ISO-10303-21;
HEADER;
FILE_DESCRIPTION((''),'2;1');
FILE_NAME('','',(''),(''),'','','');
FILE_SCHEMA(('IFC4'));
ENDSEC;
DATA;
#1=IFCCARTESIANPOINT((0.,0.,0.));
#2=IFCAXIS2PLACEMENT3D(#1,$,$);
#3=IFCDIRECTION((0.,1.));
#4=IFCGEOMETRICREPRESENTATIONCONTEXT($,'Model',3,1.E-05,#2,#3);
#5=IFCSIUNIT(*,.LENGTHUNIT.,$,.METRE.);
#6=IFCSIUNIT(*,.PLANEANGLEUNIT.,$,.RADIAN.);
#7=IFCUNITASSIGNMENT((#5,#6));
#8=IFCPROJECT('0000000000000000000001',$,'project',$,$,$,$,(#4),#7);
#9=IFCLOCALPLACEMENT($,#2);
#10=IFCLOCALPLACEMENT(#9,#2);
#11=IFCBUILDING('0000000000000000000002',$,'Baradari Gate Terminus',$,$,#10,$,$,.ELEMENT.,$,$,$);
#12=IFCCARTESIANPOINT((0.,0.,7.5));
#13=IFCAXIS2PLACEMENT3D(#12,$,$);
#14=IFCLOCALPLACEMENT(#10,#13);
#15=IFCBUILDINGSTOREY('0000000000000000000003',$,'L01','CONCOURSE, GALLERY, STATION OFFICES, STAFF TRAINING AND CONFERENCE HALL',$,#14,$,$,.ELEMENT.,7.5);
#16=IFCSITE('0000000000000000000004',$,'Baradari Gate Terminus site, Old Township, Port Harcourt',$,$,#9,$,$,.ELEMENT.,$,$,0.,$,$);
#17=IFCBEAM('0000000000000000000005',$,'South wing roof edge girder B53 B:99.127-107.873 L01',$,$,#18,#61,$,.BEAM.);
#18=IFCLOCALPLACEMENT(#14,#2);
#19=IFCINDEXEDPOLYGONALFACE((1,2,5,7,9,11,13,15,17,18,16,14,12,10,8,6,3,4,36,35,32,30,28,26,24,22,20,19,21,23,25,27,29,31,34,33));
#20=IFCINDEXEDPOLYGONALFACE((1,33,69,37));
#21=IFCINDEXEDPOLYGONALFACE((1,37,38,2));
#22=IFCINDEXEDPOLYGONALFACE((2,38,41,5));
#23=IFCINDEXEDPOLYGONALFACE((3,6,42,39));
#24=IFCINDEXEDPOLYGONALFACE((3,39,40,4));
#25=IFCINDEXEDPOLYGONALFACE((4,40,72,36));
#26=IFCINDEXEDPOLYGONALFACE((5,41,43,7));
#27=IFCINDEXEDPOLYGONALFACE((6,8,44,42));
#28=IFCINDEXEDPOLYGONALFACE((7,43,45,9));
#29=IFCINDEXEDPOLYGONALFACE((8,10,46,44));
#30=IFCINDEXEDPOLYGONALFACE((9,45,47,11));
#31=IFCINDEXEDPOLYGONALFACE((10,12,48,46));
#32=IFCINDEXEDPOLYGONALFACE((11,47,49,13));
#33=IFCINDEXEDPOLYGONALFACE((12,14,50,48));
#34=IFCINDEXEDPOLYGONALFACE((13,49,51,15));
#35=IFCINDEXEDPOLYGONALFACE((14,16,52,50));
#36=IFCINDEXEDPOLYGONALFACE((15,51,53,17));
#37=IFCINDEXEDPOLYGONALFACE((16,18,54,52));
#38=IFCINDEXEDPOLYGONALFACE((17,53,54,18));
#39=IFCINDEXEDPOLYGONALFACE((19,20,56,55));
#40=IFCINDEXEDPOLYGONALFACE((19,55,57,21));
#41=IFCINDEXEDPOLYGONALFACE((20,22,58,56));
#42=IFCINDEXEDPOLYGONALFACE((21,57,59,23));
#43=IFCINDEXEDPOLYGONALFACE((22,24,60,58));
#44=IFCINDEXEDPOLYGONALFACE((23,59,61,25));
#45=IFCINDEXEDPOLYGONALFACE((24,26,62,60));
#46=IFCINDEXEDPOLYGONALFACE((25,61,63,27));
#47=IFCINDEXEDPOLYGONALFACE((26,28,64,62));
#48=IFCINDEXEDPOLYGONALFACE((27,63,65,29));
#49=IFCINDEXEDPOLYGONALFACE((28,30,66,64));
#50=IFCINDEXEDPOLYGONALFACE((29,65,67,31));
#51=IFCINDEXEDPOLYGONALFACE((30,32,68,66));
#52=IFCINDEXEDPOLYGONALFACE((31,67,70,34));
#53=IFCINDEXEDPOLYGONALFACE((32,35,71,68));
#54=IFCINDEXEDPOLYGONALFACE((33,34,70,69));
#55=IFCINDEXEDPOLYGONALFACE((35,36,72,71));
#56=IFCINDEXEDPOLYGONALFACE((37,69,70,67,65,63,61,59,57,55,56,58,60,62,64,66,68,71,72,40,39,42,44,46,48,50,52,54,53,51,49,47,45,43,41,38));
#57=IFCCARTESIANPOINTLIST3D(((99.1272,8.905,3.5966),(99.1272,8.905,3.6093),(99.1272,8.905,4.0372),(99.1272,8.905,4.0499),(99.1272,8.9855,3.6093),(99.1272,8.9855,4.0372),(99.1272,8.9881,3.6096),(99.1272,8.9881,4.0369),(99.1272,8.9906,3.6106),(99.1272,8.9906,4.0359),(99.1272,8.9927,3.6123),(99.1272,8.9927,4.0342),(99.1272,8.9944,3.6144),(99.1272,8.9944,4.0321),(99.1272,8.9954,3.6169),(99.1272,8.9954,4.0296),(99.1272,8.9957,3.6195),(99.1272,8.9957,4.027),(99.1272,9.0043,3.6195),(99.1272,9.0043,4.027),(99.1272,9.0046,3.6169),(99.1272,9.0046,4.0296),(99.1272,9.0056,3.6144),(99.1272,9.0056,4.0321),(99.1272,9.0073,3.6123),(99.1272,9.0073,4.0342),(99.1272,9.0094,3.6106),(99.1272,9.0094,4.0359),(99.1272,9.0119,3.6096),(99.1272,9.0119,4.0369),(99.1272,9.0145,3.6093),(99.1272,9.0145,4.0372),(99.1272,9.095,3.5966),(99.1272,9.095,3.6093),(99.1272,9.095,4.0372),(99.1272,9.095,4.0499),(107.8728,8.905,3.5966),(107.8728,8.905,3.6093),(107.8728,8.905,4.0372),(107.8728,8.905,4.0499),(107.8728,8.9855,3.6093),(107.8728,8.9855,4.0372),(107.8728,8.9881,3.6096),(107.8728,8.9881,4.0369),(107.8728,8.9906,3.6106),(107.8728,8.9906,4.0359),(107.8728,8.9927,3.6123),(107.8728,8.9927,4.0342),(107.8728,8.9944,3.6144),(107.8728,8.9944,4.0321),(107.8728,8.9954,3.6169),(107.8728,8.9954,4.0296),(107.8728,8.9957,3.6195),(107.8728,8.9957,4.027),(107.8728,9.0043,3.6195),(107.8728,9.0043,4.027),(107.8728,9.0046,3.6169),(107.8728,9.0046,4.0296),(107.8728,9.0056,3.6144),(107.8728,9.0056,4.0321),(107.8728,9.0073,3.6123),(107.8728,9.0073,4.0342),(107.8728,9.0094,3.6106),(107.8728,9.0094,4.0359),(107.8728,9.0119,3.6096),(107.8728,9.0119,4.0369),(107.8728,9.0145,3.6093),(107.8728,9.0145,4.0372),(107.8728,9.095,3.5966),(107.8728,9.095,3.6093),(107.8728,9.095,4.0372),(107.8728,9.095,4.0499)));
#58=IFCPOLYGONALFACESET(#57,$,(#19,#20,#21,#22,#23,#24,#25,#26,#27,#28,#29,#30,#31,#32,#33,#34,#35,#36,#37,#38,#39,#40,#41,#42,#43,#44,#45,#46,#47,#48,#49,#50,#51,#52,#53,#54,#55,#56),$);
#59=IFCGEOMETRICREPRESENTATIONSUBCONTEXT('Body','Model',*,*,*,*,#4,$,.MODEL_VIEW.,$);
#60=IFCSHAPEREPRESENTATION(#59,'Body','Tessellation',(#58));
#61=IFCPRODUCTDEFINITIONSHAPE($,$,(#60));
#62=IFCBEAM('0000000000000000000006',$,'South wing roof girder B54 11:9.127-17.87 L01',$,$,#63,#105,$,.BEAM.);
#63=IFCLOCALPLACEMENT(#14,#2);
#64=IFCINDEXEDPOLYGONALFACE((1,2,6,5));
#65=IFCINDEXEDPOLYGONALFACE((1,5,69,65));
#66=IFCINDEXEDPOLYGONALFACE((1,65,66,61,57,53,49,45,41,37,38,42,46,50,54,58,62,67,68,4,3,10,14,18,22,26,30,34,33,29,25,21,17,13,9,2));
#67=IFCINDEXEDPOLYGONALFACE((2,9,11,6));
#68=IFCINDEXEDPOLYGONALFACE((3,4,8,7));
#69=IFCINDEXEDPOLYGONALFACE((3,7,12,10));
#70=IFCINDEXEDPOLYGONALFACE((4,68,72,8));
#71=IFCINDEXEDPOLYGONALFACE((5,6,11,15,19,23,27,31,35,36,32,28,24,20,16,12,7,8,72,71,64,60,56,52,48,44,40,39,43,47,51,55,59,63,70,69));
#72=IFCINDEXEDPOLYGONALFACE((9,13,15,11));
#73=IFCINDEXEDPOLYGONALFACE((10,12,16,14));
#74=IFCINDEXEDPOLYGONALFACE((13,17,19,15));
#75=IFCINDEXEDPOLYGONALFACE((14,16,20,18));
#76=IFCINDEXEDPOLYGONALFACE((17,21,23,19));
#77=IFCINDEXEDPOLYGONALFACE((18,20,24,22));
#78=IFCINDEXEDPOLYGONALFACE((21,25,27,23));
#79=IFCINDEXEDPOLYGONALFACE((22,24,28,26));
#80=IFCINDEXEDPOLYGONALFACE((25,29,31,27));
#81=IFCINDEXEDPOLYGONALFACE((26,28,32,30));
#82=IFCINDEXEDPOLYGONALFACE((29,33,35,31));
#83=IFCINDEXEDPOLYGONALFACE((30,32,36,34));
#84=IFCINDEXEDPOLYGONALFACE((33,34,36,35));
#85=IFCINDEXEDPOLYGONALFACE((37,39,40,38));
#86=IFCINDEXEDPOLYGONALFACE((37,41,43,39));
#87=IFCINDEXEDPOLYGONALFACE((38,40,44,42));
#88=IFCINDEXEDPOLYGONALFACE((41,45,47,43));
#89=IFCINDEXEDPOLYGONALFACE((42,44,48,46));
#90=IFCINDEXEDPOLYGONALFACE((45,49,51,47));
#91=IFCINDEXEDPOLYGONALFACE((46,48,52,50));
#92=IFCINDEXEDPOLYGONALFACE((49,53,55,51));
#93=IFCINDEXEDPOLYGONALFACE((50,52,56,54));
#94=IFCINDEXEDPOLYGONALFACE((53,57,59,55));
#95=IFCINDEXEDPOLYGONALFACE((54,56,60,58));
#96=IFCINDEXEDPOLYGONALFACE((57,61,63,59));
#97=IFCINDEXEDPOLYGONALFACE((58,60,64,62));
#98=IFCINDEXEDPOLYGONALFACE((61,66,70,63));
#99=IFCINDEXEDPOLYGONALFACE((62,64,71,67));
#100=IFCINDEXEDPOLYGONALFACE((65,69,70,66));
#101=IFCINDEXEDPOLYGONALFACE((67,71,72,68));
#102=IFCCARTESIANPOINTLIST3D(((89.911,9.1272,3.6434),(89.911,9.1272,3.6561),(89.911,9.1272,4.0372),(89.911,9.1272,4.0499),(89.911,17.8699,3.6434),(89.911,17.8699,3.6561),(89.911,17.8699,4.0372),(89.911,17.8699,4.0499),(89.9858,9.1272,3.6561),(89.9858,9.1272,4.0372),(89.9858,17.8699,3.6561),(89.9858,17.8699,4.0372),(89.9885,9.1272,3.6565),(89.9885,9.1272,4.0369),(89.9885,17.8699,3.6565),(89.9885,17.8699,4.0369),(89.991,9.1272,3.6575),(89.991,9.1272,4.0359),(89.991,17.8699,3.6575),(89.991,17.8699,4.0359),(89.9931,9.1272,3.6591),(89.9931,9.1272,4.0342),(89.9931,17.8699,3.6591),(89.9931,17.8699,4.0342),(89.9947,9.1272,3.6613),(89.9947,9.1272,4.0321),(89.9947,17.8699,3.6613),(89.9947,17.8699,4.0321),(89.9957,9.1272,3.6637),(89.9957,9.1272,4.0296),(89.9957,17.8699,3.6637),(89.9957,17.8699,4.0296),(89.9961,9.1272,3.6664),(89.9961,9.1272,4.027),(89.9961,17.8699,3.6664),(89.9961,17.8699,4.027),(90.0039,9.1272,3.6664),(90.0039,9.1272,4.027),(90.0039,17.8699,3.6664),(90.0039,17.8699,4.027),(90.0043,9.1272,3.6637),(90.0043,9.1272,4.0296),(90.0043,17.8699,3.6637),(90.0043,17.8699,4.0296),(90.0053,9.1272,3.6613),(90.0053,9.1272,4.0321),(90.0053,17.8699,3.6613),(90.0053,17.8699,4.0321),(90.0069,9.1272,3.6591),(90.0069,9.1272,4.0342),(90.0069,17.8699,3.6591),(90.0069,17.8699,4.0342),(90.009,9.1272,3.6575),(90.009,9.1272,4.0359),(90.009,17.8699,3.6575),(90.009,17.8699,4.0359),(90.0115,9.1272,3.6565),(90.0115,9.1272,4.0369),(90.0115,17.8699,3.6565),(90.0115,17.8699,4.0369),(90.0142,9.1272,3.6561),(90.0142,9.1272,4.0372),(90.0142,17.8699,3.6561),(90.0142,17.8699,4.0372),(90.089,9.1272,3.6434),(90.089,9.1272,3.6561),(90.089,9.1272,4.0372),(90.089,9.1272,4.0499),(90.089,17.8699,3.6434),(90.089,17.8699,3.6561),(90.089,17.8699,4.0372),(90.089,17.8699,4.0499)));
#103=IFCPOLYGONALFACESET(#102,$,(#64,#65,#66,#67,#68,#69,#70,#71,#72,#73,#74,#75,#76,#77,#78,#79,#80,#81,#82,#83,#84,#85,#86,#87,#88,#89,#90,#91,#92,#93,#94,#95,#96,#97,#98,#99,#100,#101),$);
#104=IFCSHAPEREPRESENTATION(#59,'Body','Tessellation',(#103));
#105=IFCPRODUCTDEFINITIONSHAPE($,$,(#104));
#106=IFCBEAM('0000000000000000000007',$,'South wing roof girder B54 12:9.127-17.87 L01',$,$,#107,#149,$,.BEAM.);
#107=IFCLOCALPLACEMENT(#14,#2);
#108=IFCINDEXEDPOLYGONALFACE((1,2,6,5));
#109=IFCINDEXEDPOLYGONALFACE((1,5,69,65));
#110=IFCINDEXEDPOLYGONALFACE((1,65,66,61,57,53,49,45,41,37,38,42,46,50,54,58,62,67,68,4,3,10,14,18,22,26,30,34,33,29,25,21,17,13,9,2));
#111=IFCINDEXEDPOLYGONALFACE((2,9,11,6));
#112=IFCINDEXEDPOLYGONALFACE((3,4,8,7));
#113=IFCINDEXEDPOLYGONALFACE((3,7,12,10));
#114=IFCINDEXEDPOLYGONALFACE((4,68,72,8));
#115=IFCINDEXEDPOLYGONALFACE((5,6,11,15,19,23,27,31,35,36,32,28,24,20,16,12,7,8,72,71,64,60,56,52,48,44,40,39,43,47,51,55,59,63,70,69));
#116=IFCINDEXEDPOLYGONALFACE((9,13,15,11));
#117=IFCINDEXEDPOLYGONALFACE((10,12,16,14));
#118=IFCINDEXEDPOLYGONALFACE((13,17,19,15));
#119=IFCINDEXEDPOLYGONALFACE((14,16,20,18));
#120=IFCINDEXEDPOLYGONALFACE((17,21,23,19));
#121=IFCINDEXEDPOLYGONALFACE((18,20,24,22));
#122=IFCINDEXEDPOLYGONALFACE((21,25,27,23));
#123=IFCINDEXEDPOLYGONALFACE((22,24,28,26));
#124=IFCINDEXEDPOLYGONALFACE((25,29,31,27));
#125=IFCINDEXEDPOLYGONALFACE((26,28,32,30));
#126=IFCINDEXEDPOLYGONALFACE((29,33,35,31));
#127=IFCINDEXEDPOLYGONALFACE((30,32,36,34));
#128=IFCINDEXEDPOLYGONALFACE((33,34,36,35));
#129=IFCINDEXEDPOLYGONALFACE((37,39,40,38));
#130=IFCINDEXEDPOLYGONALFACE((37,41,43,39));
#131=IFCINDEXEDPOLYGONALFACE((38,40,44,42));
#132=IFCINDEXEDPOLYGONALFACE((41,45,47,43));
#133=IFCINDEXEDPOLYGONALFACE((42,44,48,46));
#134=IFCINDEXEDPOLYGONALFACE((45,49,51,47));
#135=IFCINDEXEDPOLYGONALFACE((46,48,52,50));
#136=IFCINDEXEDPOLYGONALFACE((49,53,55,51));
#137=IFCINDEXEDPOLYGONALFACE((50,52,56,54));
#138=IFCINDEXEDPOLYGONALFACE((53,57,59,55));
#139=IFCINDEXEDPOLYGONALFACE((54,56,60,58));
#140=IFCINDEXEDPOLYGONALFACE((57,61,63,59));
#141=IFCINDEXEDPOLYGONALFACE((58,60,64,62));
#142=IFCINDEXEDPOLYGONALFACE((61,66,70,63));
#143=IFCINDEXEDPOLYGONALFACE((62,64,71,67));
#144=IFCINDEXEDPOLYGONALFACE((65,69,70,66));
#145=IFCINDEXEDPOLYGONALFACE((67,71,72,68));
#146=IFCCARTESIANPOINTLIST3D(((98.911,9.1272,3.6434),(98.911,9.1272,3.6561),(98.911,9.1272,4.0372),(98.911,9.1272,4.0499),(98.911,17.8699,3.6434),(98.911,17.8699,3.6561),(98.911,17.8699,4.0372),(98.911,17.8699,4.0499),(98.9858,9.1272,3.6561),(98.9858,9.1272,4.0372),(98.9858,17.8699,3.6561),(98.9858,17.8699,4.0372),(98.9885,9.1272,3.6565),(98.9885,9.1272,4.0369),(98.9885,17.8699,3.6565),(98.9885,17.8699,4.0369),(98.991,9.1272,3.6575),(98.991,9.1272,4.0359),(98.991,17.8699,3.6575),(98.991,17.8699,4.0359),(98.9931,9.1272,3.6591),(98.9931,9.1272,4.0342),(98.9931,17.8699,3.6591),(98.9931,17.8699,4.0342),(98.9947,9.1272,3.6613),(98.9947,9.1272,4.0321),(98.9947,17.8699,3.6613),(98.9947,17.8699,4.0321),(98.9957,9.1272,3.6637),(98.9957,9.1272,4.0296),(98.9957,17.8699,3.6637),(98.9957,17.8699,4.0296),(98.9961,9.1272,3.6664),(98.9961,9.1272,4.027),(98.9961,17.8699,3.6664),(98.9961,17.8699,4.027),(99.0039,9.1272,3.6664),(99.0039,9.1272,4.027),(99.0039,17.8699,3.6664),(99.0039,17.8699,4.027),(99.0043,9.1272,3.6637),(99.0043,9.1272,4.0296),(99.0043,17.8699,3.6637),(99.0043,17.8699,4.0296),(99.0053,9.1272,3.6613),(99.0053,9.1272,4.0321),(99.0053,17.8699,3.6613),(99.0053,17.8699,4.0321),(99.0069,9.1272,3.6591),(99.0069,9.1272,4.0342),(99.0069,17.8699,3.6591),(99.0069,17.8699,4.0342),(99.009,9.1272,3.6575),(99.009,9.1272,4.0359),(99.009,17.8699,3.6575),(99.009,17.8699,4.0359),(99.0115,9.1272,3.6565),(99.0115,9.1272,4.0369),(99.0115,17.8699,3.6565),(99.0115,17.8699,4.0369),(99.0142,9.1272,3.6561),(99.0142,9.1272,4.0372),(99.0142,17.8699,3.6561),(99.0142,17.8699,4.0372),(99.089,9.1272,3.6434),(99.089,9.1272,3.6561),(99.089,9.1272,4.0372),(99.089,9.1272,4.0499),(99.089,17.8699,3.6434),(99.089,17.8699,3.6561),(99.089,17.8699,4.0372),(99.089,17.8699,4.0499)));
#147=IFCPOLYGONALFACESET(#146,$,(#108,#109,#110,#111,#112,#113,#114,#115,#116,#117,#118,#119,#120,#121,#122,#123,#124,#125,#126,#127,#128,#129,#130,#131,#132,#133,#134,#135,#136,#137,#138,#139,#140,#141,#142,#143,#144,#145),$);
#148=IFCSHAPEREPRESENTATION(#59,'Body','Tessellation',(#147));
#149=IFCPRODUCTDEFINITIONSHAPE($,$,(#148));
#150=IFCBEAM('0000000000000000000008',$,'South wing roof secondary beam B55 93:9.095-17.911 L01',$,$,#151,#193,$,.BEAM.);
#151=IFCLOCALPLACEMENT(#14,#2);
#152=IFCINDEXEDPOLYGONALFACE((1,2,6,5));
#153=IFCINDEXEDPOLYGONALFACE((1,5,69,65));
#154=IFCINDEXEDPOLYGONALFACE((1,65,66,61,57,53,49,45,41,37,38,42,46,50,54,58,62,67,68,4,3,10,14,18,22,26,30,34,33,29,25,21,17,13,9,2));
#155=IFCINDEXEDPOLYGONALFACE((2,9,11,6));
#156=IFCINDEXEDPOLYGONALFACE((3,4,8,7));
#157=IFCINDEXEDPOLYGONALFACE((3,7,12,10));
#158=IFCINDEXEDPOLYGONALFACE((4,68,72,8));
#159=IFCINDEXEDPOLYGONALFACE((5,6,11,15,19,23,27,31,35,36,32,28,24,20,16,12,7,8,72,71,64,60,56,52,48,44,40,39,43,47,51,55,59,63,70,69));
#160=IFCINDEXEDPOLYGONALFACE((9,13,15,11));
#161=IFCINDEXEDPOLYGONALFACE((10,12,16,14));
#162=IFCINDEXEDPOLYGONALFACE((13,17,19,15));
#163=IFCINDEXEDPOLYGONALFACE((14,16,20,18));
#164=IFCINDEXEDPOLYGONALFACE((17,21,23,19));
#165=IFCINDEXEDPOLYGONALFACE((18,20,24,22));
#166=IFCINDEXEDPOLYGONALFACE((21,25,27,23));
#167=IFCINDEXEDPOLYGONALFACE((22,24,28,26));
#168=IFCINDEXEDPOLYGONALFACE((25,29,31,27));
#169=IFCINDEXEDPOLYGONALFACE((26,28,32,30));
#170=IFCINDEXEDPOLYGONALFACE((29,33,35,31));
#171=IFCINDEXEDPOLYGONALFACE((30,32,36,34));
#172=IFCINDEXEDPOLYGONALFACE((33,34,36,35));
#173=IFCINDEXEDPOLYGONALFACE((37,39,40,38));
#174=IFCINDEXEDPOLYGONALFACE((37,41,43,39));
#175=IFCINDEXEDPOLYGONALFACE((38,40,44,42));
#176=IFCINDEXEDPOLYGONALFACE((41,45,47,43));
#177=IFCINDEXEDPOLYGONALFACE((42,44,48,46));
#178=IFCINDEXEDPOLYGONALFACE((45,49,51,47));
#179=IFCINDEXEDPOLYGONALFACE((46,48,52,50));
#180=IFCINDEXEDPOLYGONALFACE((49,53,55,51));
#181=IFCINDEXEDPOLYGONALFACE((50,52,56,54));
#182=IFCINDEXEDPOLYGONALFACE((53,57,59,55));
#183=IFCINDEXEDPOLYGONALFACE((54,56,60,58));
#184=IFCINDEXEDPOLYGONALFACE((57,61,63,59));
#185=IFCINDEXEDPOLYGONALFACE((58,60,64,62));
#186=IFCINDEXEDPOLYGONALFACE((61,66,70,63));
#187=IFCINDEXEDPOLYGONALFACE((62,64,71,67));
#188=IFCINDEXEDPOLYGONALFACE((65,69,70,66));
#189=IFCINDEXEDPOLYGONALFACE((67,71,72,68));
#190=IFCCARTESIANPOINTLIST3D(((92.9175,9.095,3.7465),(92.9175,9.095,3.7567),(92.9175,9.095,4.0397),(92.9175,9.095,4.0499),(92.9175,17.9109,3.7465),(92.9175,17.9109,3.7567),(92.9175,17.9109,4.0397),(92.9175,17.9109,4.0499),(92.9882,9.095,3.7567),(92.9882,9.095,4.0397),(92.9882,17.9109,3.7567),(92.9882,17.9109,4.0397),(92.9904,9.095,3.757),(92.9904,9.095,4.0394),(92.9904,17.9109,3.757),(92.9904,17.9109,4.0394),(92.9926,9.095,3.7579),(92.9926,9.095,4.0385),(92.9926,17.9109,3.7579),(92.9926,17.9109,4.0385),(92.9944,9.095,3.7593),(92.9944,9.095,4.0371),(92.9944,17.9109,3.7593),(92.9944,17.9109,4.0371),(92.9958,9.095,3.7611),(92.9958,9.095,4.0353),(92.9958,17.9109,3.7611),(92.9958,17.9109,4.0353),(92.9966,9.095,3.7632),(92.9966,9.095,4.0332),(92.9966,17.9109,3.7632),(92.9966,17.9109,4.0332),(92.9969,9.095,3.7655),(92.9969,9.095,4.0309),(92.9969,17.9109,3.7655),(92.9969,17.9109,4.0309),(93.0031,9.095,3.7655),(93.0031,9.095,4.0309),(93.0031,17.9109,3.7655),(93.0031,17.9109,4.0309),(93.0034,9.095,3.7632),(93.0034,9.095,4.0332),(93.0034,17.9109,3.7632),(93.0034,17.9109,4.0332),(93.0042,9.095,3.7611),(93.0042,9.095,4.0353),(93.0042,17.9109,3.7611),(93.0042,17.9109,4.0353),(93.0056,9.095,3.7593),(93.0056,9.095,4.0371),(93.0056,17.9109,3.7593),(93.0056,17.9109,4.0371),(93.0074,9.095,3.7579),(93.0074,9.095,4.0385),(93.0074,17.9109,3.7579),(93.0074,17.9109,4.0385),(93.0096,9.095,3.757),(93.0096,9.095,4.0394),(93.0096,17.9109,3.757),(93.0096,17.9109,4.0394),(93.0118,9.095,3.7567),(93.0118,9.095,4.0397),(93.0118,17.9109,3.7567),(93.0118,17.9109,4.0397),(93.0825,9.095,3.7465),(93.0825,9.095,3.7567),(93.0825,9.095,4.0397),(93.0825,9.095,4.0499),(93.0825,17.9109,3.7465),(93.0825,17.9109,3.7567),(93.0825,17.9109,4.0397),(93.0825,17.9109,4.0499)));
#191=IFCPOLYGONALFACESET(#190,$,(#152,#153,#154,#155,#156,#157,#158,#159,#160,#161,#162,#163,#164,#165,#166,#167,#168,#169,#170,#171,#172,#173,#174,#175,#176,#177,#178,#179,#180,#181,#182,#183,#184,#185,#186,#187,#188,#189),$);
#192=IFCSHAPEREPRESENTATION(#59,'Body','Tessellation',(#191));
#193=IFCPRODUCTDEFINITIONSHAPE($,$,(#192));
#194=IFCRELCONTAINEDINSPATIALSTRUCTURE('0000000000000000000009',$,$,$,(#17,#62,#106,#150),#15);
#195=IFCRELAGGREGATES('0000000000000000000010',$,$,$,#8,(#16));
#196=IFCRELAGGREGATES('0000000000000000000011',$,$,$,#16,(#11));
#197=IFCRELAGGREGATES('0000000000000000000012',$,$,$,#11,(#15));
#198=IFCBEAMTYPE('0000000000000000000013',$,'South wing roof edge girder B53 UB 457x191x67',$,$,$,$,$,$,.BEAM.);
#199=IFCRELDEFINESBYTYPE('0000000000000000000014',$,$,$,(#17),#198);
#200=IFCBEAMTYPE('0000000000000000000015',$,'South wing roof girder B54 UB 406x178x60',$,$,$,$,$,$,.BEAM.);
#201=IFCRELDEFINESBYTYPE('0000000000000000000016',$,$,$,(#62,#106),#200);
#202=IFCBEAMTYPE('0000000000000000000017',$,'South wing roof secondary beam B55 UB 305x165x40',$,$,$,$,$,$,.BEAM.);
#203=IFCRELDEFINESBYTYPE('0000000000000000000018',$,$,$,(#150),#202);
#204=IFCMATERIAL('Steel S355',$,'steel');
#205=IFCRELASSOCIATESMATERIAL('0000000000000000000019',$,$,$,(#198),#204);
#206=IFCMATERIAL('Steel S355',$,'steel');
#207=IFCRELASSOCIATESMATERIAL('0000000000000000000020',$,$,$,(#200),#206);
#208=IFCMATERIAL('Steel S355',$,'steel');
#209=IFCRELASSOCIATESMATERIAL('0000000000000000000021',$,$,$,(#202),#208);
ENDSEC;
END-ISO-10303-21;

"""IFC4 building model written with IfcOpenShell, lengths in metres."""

from ifc_helpers import new_model, si_unit, direction, frame, origin, origin_2d, place, context, subcontext, project, spatial, i_section, extrude, material, material_profile, profile_set, type_object, element, save


model = new_model("IFC4")

# Units and contexts
model_context = context("Model", 3, precision=1e-05, world=origin(), true_north=direction((0.0, 1.0)))
body_context = subcontext(model_context, "Body", "Model", "MODEL_VIEW")
ifc_project = project(units=[si_unit("LENGTHUNIT", "METRE"), si_unit("PLANEANGLEUNIT", "RADIAN")], contexts=[model_context])

# Site, building, storey
site_placement = place(None, origin())
site = spatial("IfcSite", under=ifc_project, at=site_placement, Name="Baradari Gate Terminus site, Old Township, Port Harcourt", CompositionType="ELEMENT", RefElevation=0.0)
building_placement = place(site_placement, origin())
building = spatial("IfcBuilding", under=site, at=building_placement, Name="Baradari Gate Terminus", CompositionType="ELEMENT")
storey_placement = place(building_placement, frame((0.0, 0.0, 7.5)))
storey = spatial("IfcBuildingStorey", under=building, at=storey_placement, Name="L01", Description="CONCOURSE, GALLERY, STATION OFFICES, STAFF TRAINING AND CONFERENCE HALL", CompositionType="ELEMENT", Elevation=7.5)

# Beams
ifc_material_1 = material(Name="Steel S355", Category="steel")
ifc_material_profile_1 = material_profile(ifc_material_1, i_section(OverallWidth=0.1899, OverallDepth=0.4534, WebThickness=0.0085, FlangeThickness=0.0127, FilletRadius=0.0103, at=origin_2d()), Name="UB 457x191x67")
ifc_profile_set_1 = profile_set([ifc_material_profile_1], Name="Steel S355")
beam_type_1 = type_object("IfcBeamType", Name="South wing roof edge girder B53 UB 457x191x67", PredefinedType="BEAM", material=ifc_profile_set_1)
for number, where, z_axis, x_axis, name in (
    (1, (99.1272, 9.0, 3.8232), (1.0, 0.0, 0.0), (0.0, 1.0, 0.0), "South wing roof edge girder B53 B:99.127-107.873 L01"),
):
    element("IfcBeam", number, at=place(storey_placement, frame(where, z_axis=z_axis, x_axis=x_axis)), inside=storey, type_object=beam_type_1, Name=name, PredefinedType="BEAM", context=body_context, shape_type="SweptSolid", body=[
        extrude(i_section(OverallWidth=0.1899, OverallDepth=0.4534, WebThickness=0.0085, FlangeThickness=0.0127, FilletRadius=0.0103, at=origin_2d()), origin(), (0.0, 0.0, 1.0), 8.7456),
    ])
ifc_material_2 = material(Name="Steel S355", Category="steel")
ifc_material_profile_2 = material_profile(ifc_material_2, i_section(OverallWidth=0.178, OverallDepth=0.4065, WebThickness=0.0078, FlangeThickness=0.0127, FilletRadius=0.0103, at=origin_2d()), Name="UB 406x178x60")
ifc_profile_set_2 = profile_set([ifc_material_profile_2], Name="Steel S355")
beam_type_2 = type_object("IfcBeamType", Name="South wing roof girder B54 UB 406x178x60", PredefinedType="BEAM", material=ifc_profile_set_2)
for number, where, z_axis, x_axis, name in (
    (2, (90.0, 9.1272, 3.8467), (0.0, 1.0, 0.0), (-1.0, 0.0, 0.0), "South wing roof girder B54 11:9.127-17.87 L01"),
    (3, (99.0, 9.1272, 3.8467), (0.0, 1.0, 0.0), (-1.0, 0.0, 0.0), "South wing roof girder B54 12:9.127-17.87 L01"),
):
    element("IfcBeam", number, at=place(storey_placement, frame(where, z_axis=z_axis, x_axis=x_axis)), inside=storey, type_object=beam_type_2, Name=name, PredefinedType="BEAM", context=body_context, shape_type="SweptSolid", body=[
        extrude(i_section(OverallWidth=0.178, OverallDepth=0.4065, WebThickness=0.0078, FlangeThickness=0.0127, FilletRadius=0.0103, at=origin_2d()), origin(), (0.0, 0.0, 1.0), 8.7427),
    ])
ifc_material_3 = material(Name="Steel S355", Category="steel")
ifc_material_profile_3 = material_profile(ifc_material_3, i_section(OverallWidth=0.165, OverallDepth=0.3035, WebThickness=0.0061, FlangeThickness=0.0103, FilletRadius=0.0088, at=origin_2d()), Name="UB 305x165x40")
ifc_profile_set_3 = profile_set([ifc_material_profile_3], Name="Steel S355")
beam_type_3 = type_object("IfcBeamType", Name="South wing roof secondary beam B55 UB 305x165x40", PredefinedType="BEAM", material=ifc_profile_set_3)
for number, where, z_axis, x_axis, name in (
    (4, (93.0, 9.095, 3.8982), (0.0, 1.0, 0.0), (-1.0, 0.0, 0.0), "South wing roof secondary beam B55 93:9.095-17.911 L01"),
):
    element("IfcBeam", number, at=place(storey_placement, frame(where, z_axis=z_axis, x_axis=x_axis)), inside=storey, type_object=beam_type_3, Name=name, PredefinedType="BEAM", context=body_context, shape_type="SweptSolid", body=[
        extrude(i_section(OverallWidth=0.165, OverallDepth=0.3035, WebThickness=0.0061, FlangeThickness=0.0103, FilletRadius=0.0088, at=origin_2d()), origin(), (0.0, 0.0, 1.0), 8.8159),
    ])

save(model, "model.ifc")
